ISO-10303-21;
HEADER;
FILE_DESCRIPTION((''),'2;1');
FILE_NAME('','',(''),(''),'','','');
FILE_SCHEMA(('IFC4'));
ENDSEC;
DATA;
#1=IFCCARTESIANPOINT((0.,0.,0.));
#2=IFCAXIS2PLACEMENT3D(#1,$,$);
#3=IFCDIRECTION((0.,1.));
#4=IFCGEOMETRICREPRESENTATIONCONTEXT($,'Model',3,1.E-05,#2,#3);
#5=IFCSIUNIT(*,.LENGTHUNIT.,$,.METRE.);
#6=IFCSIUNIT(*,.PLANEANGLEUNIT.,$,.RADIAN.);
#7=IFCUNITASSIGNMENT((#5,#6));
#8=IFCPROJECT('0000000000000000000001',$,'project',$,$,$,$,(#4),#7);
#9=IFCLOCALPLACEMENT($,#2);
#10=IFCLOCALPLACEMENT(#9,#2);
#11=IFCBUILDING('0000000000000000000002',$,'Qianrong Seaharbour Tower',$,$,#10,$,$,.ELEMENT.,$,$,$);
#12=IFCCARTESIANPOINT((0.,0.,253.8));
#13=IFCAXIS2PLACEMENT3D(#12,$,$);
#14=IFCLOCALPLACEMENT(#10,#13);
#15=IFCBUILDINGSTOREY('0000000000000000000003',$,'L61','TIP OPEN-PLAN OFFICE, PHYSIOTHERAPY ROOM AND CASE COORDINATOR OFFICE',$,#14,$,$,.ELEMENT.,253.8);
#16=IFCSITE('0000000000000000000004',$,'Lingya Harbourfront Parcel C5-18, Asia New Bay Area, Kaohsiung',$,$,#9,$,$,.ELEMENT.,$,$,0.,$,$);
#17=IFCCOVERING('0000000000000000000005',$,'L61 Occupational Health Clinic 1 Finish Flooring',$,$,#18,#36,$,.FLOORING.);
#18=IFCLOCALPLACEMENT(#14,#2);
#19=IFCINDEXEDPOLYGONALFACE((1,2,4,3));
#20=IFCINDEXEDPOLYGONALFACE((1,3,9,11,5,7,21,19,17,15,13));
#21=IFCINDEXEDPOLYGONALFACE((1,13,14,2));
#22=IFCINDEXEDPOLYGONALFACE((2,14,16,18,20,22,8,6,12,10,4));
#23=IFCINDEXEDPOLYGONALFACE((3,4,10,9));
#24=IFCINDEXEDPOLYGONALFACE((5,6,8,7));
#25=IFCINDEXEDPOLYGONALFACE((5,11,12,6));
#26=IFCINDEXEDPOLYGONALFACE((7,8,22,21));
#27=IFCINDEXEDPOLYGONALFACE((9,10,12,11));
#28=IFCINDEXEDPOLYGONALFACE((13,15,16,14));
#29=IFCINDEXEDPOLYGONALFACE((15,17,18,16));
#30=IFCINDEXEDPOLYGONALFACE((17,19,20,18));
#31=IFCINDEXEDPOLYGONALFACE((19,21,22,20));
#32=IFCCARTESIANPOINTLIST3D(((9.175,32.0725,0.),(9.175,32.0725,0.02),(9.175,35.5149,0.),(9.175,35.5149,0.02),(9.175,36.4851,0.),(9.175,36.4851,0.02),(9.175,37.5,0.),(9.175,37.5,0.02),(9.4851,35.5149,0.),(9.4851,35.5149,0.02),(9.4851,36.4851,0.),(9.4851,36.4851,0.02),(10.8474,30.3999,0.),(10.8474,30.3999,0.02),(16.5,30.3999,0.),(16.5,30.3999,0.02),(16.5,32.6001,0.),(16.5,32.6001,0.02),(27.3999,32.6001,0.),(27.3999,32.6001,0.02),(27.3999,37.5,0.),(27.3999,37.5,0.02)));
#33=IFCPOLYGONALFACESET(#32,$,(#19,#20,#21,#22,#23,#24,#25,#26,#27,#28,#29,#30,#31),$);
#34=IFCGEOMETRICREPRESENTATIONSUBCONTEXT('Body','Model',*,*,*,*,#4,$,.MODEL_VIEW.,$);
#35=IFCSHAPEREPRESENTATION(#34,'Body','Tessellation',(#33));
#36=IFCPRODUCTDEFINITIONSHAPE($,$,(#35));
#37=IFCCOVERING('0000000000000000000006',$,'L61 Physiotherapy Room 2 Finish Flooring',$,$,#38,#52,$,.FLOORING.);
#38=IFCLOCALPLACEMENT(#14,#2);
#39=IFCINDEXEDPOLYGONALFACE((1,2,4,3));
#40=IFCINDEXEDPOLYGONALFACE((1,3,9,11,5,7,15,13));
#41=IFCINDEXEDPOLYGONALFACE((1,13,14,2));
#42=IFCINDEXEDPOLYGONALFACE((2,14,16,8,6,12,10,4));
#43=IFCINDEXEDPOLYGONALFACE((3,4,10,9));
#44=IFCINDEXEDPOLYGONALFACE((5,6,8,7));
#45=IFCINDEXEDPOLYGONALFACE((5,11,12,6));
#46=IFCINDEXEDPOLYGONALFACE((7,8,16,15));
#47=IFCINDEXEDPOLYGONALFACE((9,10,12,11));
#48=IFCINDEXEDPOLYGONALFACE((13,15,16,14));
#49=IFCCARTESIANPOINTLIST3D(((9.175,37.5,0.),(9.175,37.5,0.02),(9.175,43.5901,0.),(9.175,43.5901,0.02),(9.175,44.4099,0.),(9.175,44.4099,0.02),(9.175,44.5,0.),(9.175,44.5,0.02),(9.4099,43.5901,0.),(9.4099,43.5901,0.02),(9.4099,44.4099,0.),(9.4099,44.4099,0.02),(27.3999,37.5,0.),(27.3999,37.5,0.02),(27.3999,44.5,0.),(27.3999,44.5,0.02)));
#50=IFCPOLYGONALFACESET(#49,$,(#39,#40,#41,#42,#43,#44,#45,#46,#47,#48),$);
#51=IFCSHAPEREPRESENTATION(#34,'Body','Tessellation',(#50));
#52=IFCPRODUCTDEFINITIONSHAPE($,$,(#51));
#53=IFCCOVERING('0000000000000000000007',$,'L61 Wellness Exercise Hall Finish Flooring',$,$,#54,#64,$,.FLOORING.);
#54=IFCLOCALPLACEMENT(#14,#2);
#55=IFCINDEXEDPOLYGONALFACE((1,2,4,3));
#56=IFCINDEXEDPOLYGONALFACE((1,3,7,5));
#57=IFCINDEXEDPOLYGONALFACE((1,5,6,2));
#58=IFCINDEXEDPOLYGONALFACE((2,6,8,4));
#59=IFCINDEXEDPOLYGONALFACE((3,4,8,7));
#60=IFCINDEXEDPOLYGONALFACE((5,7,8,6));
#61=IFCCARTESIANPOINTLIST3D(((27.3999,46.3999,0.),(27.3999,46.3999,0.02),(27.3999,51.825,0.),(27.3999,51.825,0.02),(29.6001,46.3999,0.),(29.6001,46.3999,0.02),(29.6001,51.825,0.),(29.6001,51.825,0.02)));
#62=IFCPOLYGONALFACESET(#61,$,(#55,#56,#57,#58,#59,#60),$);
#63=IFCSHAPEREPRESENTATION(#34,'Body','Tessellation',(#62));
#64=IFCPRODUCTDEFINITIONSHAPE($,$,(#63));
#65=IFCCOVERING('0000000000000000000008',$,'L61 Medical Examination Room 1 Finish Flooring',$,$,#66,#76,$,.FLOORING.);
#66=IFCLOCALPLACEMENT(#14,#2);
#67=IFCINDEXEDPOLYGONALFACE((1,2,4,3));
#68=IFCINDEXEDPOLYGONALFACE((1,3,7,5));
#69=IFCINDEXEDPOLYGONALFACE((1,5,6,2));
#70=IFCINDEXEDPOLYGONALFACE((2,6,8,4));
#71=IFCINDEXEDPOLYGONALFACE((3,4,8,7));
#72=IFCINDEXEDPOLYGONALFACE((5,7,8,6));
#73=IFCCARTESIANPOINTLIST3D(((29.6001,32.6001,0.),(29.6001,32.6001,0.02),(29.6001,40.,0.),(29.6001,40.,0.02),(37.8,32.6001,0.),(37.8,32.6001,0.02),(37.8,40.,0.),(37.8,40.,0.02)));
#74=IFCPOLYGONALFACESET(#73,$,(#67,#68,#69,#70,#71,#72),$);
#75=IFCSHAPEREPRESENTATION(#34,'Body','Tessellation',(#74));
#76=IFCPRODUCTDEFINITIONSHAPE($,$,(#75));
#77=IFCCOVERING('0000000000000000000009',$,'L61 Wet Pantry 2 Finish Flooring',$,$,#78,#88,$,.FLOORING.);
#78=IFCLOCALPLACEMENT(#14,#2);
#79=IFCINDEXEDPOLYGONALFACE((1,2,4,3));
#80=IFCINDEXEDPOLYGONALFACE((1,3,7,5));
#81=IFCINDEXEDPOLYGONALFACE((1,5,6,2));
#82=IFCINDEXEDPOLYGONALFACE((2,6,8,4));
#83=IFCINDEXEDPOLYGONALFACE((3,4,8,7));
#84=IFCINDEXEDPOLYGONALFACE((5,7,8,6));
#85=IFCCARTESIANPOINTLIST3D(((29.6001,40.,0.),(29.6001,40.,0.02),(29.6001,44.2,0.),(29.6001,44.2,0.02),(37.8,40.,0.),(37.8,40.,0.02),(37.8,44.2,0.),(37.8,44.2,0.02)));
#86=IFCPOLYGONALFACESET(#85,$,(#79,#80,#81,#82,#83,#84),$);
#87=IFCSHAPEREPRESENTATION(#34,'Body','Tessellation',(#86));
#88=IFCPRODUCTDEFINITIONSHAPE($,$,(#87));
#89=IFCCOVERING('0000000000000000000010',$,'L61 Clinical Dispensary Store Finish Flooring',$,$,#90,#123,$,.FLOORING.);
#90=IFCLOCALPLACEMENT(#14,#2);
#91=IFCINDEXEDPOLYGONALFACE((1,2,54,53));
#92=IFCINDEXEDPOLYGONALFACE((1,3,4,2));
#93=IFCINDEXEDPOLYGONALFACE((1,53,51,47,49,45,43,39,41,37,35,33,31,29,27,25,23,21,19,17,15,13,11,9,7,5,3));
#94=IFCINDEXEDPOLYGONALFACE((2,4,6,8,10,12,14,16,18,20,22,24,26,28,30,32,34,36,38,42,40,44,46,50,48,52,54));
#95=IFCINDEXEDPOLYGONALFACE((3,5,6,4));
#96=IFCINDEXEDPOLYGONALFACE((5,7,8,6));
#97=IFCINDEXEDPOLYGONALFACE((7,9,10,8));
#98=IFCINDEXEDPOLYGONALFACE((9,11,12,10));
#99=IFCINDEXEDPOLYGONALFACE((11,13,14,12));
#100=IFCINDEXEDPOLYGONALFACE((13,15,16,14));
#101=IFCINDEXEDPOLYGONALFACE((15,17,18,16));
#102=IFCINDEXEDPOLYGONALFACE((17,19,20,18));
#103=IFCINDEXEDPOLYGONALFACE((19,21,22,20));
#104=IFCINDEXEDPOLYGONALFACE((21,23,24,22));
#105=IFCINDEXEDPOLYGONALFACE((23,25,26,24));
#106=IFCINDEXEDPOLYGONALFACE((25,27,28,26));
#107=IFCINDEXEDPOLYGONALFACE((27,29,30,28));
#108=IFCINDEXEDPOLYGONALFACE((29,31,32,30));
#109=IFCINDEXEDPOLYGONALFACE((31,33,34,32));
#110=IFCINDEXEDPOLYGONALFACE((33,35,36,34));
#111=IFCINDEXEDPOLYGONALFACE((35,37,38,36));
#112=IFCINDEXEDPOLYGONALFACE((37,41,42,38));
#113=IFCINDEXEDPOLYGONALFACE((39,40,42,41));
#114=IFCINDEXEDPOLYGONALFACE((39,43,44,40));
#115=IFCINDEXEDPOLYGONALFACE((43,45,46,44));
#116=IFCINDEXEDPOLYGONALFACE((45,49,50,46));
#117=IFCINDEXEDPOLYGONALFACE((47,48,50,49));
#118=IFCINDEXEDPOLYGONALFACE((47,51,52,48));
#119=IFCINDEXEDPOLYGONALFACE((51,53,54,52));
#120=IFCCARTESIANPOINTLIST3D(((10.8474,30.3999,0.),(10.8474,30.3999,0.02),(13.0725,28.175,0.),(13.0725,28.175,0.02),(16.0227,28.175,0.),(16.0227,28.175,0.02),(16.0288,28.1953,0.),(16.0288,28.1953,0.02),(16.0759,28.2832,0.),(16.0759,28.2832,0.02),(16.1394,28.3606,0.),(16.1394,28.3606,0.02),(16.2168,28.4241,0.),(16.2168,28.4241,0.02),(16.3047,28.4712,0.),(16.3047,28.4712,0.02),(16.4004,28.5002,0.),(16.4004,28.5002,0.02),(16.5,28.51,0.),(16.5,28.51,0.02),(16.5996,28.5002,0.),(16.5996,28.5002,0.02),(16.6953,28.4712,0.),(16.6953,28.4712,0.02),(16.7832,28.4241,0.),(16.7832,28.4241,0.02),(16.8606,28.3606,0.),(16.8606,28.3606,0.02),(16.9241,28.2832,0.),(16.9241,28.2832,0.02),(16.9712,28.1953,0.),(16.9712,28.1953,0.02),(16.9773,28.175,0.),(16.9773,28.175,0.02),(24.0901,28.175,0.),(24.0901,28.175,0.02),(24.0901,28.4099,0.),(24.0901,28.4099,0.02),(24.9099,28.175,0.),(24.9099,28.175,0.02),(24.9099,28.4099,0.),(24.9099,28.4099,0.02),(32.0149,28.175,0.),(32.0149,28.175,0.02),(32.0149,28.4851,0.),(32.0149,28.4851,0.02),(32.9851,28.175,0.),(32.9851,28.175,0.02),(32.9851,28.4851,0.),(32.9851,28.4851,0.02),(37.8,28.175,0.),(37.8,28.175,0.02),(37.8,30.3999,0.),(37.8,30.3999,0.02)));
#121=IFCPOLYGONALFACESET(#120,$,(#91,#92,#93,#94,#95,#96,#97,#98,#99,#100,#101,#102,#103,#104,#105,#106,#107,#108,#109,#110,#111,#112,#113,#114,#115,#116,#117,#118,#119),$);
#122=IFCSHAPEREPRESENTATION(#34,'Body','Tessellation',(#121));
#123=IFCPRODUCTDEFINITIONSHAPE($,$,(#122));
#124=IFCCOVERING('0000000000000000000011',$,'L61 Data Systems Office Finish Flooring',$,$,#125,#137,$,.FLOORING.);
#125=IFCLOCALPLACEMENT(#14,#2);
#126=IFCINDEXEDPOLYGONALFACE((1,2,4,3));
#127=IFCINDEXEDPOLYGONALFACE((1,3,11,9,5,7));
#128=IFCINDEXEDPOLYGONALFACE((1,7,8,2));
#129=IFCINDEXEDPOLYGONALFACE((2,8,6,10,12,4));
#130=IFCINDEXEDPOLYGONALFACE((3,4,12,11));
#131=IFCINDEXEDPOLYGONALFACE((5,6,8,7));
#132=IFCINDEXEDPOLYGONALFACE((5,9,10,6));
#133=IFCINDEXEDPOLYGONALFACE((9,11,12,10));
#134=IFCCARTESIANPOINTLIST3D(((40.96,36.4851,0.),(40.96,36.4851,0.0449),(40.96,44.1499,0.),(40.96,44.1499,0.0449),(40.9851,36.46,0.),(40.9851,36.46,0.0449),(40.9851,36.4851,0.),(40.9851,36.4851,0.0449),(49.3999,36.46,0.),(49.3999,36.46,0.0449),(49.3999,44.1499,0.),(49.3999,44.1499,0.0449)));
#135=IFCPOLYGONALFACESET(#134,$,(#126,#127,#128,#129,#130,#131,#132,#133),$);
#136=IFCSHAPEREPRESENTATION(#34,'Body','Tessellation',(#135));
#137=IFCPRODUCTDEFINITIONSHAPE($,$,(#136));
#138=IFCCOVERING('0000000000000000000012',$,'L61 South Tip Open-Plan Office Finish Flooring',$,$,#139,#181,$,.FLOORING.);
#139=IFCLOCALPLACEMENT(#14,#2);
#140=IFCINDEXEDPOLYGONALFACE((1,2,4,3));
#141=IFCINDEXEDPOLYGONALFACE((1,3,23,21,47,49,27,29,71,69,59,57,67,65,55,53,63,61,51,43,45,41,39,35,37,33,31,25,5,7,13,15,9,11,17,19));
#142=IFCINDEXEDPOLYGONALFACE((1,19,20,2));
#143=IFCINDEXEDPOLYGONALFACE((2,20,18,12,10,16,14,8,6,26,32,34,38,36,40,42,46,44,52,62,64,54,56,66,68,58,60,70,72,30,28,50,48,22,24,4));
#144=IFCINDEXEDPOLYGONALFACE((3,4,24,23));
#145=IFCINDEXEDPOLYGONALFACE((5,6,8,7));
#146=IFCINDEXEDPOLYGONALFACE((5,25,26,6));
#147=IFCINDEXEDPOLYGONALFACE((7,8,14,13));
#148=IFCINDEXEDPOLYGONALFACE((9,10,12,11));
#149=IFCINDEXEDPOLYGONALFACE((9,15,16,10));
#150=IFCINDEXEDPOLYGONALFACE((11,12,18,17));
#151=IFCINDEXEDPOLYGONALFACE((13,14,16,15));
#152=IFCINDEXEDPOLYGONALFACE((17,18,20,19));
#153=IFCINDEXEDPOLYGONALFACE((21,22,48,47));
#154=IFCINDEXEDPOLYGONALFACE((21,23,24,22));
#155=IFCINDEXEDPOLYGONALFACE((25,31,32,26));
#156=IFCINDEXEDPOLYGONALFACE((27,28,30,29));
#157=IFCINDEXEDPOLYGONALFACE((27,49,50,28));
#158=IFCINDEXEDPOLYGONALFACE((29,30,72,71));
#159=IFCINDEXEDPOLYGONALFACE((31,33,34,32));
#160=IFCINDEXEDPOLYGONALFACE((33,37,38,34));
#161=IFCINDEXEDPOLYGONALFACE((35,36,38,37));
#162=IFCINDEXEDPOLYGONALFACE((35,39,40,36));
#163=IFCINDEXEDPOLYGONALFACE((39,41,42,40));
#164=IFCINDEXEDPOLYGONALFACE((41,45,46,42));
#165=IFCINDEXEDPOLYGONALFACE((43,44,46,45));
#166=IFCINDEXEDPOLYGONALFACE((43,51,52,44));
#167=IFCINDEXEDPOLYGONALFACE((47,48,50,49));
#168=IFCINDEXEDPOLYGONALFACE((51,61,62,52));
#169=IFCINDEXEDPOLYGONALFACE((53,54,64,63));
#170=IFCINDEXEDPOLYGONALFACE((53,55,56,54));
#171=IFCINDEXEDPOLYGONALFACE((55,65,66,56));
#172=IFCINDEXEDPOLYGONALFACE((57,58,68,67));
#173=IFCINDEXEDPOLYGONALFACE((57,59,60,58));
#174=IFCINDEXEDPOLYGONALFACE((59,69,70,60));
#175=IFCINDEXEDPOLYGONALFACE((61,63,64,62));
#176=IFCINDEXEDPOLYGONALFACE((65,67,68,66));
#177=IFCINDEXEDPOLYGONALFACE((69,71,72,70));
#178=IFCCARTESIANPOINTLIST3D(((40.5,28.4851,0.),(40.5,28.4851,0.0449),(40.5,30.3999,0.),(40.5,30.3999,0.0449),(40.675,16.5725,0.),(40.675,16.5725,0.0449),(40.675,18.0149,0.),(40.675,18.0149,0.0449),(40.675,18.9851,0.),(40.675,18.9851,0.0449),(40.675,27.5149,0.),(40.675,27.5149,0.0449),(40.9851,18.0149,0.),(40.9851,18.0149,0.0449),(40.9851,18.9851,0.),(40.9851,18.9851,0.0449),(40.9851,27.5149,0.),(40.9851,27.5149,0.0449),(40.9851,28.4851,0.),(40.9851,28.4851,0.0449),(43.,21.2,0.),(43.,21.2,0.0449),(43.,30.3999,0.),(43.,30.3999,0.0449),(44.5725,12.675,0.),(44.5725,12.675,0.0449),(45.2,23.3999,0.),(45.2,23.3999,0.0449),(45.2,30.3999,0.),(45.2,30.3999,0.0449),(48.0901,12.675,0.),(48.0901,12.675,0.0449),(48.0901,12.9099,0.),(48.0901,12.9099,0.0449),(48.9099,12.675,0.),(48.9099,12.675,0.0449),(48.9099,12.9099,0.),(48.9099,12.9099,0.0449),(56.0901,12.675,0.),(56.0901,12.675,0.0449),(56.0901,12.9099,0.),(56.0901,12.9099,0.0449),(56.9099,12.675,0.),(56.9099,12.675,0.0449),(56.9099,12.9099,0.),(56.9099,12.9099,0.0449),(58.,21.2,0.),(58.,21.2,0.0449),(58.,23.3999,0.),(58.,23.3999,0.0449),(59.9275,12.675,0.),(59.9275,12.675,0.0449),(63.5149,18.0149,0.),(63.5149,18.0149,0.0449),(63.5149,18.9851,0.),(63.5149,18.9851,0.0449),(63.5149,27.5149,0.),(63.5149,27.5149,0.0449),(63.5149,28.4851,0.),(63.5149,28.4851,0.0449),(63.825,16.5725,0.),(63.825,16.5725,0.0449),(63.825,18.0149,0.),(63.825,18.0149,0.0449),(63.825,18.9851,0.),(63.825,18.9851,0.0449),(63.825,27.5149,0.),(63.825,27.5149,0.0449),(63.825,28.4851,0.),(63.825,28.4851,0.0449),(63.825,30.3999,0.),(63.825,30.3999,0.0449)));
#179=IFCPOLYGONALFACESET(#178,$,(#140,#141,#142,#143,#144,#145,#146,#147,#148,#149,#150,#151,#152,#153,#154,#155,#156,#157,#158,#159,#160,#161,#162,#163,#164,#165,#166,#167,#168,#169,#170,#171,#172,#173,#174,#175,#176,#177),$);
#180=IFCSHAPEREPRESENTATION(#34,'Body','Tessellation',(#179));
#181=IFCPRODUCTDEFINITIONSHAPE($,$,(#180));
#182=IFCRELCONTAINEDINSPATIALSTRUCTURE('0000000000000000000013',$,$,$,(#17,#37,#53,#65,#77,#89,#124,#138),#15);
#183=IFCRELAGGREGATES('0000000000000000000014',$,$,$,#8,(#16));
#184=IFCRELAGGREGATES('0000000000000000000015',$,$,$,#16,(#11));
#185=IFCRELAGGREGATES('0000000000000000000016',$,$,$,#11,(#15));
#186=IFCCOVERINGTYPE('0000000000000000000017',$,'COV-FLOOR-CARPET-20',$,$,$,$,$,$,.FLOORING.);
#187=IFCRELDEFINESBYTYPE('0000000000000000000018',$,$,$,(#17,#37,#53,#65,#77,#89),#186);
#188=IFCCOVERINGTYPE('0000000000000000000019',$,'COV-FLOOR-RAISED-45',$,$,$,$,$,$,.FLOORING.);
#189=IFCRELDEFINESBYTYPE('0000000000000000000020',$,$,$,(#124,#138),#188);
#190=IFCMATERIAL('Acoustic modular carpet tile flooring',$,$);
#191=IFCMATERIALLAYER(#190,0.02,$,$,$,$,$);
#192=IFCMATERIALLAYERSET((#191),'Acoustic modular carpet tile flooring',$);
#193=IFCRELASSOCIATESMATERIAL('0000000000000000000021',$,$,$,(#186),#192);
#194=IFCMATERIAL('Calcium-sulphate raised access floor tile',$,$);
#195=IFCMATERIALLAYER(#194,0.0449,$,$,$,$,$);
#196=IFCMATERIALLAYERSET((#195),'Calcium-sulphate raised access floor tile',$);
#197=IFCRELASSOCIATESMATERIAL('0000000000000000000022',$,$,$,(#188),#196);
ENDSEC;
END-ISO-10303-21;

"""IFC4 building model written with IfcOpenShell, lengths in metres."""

from ifc_helpers import new_model, si_unit, direction, frame, origin, place, context, subcontext, project, spatial, polyline, outline, extrude, material, layer, layer_set, type_object, element, save


model = new_model("IFC4")

# Units and contexts
model_context = context("Model", 3, precision=1e-05, world=origin(), true_north=direction((0.0, 1.0)))
body_context = subcontext(model_context, "Body", "Model", "MODEL_VIEW")
ifc_project = project(units=[si_unit("LENGTHUNIT", "METRE"), si_unit("PLANEANGLEUNIT", "RADIAN")], contexts=[model_context])

# Site, building, storey
site_placement = place(None, origin())
site = spatial("IfcSite", under=ifc_project, at=site_placement, Name="Lingya Harbourfront Parcel C5-18, Asia New Bay Area, Kaohsiung", CompositionType="ELEMENT", RefElevation=0.0)
building_placement = place(site_placement, origin())
building = spatial("IfcBuilding", under=site, at=building_placement, Name="Qianrong Seaharbour Tower", CompositionType="ELEMENT")
storey_placement = place(building_placement, frame((0.0, 0.0, 253.8)))
storey = spatial("IfcBuildingStorey", under=building, at=storey_placement, Name="L61", Description="TIP OPEN-PLAN OFFICE, PHYSIOTHERAPY ROOM AND CASE COORDINATOR OFFICE", CompositionType="ELEMENT", Elevation=253.8)

# Coverings
ifc_material_1 = material(Name="Acoustic modular carpet tile flooring")
ifc_layer_1 = layer(ifc_material_1, 0.02)
ifc_layer_set_1 = layer_set([ifc_layer_1], Name="Acoustic modular carpet tile flooring")
covering_type_1 = type_object("IfcCoveringType", Name="COV-FLOOR-CARPET-20", PredefinedType="FLOORING", material=ifc_layer_set_1)
covering_1_placement = place(storey_placement, origin())
element("IfcCovering", 1, at=covering_1_placement, inside=storey, type_object=covering_type_1, Name="L61 Occupational Health Clinic 1 Finish Flooring", PredefinedType="FLOORING", context=body_context, shape_type="SweptSolid", body=[
    extrude(outline(polyline([(16.5, 32.6001), (16.5, 30.3999), (10.8474, 30.3999), (9.175, 32.0725), (9.175, 35.5149), (9.4851, 35.5149), (9.4851, 36.4851), (9.175, 36.4851), (9.175, 37.5), (27.3999, 37.5), (27.3999, 32.6001), (16.5, 32.6001)])), origin(), (0.0, 0.0, 1.0), 0.02),
])
covering_2_placement = place(storey_placement, origin())
element("IfcCovering", 2, at=covering_2_placement, inside=storey, type_object=covering_type_1, Name="L61 Physiotherapy Room 2 Finish Flooring", PredefinedType="FLOORING", context=body_context, shape_type="SweptSolid", body=[
    extrude(outline(polyline([(9.175, 37.5), (9.175, 43.5901), (9.4099, 43.5901), (9.4099, 44.4099), (9.175, 44.4099), (9.175, 44.5), (27.3999, 44.5), (27.3999, 37.5), (9.175, 37.5)])), origin(), (0.0, 0.0, 1.0), 0.02),
])
covering_3_placement = place(storey_placement, origin())
element("IfcCovering", 3, at=covering_3_placement, inside=storey, type_object=covering_type_1, Name="L61 Wellness Exercise Hall Finish Flooring", PredefinedType="FLOORING", context=body_context, shape_type="SweptSolid", body=[
    extrude(outline(polyline([(29.6001, 46.3999), (27.3999, 46.3999), (27.3999, 51.825), (29.6001, 51.825), (29.6001, 46.3999)])), origin(), (0.0, 0.0, 1.0), 0.02),
])
covering_4_placement = place(storey_placement, origin())
element("IfcCovering", 4, at=covering_4_placement, inside=storey, type_object=covering_type_1, Name="L61 Medical Examination Room 1 Finish Flooring", PredefinedType="FLOORING", context=body_context, shape_type="SweptSolid", body=[
    extrude(outline(polyline([(37.8, 32.6001), (29.6001, 32.6001), (29.6001, 40.0), (37.8, 40.0), (37.8, 32.6001)])), origin(), (0.0, 0.0, 1.0), 0.02),
])
covering_5_placement = place(storey_placement, origin())
element("IfcCovering", 5, at=covering_5_placement, inside=storey, type_object=covering_type_1, Name="L61 Wet Pantry 2 Finish Flooring", PredefinedType="FLOORING", context=body_context, shape_type="SweptSolid", body=[
    extrude(outline(polyline([(29.6001, 44.2), (37.8, 44.2), (37.8, 40.0), (29.6001, 40.0), (29.6001, 44.2)])), origin(), (0.0, 0.0, 1.0), 0.02),
])
covering_6_placement = place(storey_placement, origin())
element("IfcCovering", 6, at=covering_6_placement, inside=storey, type_object=covering_type_1, Name="L61 Clinical Dispensary Store Finish Flooring", PredefinedType="FLOORING", context=body_context, shape_type="SweptSolid", body=[
    extrude(outline(polyline([(32.9851, 28.175), (32.9851, 28.4851), (32.0149, 28.4851), (32.0149, 28.175), (24.9099, 28.175), (24.9099, 28.4099), (24.0901, 28.4099), (24.0901, 28.175), (16.9773, 28.175), (16.9712, 28.1953), (16.9241, 28.2832), (16.8606, 28.3606), (16.7832, 28.4241), (16.6953, 28.4712), (16.5996, 28.5002), (16.5, 28.51), (16.4004, 28.5002), (16.3047, 28.4712), (16.2168, 28.4241), (16.1394, 28.3606), (16.0759, 28.2832), (16.0288, 28.1953), (16.0227, 28.175), (13.0725, 28.175), (10.8474, 30.3999), (37.8, 30.3999), (37.8, 28.175), (32.9851, 28.175)])), origin(), (0.0, 0.0, 1.0), 0.02),
])
ifc_material_2 = material(Name="Calcium-sulphate raised access floor tile")
ifc_layer_2 = layer(ifc_material_2, 0.0449)
ifc_layer_set_2 = layer_set([ifc_layer_2], Name="Calcium-sulphate raised access floor tile")
covering_type_2 = type_object("IfcCoveringType", Name="COV-FLOOR-RAISED-45", PredefinedType="FLOORING", material=ifc_layer_set_2)
covering_7_placement = place(storey_placement, origin())
element("IfcCovering", 7, at=covering_7_placement, inside=storey, type_object=covering_type_2, Name="L61 Data Systems Office Finish Flooring", PredefinedType="FLOORING", context=body_context, shape_type="SweptSolid", body=[
    extrude(outline(polyline([(49.3999, 44.1499), (49.3999, 36.46), (40.9851, 36.46), (40.9851, 36.4851), (40.96, 36.4851), (40.96, 44.1499), (49.3999, 44.1499)])), origin(), (0.0, 0.0, 1.0), 0.0449),
])
covering_8_placement = place(storey_placement, origin())
element("IfcCovering", 8, at=covering_8_placement, inside=storey, type_object=covering_type_2, Name="L61 South Tip Open-Plan Office Finish Flooring", PredefinedType="FLOORING", context=body_context, shape_type="SweptSolid", body=[
    extrude(outline(polyline([(43.0, 21.2), (58.0, 21.2), (58.0, 23.3999), (45.2, 23.3999), (45.2, 30.3999), (63.825, 30.3999), (63.825, 28.4851), (63.5149, 28.4851), (63.5149, 27.5149), (63.825, 27.5149), (63.825, 18.9851), (63.5149, 18.9851), (63.5149, 18.0149), (63.825, 18.0149), (63.825, 16.5725), (59.9275, 12.675), (56.9099, 12.675), (56.9099, 12.9099), (56.0901, 12.9099), (56.0901, 12.675), (48.9099, 12.675), (48.9099, 12.9099), (48.0901, 12.9099), (48.0901, 12.675), (44.5725, 12.675), (40.675, 16.5725), (40.675, 18.0149), (40.9851, 18.0149), (40.9851, 18.9851), (40.675, 18.9851), (40.675, 27.5149), (40.9851, 27.5149), (40.9851, 28.4851), (40.5, 28.4851), (40.5, 30.3999), (43.0, 30.3999), (43.0, 21.2)])), origin(), (0.0, 0.0, 1.0), 0.0449),
])

save(model, "model.ifc")
